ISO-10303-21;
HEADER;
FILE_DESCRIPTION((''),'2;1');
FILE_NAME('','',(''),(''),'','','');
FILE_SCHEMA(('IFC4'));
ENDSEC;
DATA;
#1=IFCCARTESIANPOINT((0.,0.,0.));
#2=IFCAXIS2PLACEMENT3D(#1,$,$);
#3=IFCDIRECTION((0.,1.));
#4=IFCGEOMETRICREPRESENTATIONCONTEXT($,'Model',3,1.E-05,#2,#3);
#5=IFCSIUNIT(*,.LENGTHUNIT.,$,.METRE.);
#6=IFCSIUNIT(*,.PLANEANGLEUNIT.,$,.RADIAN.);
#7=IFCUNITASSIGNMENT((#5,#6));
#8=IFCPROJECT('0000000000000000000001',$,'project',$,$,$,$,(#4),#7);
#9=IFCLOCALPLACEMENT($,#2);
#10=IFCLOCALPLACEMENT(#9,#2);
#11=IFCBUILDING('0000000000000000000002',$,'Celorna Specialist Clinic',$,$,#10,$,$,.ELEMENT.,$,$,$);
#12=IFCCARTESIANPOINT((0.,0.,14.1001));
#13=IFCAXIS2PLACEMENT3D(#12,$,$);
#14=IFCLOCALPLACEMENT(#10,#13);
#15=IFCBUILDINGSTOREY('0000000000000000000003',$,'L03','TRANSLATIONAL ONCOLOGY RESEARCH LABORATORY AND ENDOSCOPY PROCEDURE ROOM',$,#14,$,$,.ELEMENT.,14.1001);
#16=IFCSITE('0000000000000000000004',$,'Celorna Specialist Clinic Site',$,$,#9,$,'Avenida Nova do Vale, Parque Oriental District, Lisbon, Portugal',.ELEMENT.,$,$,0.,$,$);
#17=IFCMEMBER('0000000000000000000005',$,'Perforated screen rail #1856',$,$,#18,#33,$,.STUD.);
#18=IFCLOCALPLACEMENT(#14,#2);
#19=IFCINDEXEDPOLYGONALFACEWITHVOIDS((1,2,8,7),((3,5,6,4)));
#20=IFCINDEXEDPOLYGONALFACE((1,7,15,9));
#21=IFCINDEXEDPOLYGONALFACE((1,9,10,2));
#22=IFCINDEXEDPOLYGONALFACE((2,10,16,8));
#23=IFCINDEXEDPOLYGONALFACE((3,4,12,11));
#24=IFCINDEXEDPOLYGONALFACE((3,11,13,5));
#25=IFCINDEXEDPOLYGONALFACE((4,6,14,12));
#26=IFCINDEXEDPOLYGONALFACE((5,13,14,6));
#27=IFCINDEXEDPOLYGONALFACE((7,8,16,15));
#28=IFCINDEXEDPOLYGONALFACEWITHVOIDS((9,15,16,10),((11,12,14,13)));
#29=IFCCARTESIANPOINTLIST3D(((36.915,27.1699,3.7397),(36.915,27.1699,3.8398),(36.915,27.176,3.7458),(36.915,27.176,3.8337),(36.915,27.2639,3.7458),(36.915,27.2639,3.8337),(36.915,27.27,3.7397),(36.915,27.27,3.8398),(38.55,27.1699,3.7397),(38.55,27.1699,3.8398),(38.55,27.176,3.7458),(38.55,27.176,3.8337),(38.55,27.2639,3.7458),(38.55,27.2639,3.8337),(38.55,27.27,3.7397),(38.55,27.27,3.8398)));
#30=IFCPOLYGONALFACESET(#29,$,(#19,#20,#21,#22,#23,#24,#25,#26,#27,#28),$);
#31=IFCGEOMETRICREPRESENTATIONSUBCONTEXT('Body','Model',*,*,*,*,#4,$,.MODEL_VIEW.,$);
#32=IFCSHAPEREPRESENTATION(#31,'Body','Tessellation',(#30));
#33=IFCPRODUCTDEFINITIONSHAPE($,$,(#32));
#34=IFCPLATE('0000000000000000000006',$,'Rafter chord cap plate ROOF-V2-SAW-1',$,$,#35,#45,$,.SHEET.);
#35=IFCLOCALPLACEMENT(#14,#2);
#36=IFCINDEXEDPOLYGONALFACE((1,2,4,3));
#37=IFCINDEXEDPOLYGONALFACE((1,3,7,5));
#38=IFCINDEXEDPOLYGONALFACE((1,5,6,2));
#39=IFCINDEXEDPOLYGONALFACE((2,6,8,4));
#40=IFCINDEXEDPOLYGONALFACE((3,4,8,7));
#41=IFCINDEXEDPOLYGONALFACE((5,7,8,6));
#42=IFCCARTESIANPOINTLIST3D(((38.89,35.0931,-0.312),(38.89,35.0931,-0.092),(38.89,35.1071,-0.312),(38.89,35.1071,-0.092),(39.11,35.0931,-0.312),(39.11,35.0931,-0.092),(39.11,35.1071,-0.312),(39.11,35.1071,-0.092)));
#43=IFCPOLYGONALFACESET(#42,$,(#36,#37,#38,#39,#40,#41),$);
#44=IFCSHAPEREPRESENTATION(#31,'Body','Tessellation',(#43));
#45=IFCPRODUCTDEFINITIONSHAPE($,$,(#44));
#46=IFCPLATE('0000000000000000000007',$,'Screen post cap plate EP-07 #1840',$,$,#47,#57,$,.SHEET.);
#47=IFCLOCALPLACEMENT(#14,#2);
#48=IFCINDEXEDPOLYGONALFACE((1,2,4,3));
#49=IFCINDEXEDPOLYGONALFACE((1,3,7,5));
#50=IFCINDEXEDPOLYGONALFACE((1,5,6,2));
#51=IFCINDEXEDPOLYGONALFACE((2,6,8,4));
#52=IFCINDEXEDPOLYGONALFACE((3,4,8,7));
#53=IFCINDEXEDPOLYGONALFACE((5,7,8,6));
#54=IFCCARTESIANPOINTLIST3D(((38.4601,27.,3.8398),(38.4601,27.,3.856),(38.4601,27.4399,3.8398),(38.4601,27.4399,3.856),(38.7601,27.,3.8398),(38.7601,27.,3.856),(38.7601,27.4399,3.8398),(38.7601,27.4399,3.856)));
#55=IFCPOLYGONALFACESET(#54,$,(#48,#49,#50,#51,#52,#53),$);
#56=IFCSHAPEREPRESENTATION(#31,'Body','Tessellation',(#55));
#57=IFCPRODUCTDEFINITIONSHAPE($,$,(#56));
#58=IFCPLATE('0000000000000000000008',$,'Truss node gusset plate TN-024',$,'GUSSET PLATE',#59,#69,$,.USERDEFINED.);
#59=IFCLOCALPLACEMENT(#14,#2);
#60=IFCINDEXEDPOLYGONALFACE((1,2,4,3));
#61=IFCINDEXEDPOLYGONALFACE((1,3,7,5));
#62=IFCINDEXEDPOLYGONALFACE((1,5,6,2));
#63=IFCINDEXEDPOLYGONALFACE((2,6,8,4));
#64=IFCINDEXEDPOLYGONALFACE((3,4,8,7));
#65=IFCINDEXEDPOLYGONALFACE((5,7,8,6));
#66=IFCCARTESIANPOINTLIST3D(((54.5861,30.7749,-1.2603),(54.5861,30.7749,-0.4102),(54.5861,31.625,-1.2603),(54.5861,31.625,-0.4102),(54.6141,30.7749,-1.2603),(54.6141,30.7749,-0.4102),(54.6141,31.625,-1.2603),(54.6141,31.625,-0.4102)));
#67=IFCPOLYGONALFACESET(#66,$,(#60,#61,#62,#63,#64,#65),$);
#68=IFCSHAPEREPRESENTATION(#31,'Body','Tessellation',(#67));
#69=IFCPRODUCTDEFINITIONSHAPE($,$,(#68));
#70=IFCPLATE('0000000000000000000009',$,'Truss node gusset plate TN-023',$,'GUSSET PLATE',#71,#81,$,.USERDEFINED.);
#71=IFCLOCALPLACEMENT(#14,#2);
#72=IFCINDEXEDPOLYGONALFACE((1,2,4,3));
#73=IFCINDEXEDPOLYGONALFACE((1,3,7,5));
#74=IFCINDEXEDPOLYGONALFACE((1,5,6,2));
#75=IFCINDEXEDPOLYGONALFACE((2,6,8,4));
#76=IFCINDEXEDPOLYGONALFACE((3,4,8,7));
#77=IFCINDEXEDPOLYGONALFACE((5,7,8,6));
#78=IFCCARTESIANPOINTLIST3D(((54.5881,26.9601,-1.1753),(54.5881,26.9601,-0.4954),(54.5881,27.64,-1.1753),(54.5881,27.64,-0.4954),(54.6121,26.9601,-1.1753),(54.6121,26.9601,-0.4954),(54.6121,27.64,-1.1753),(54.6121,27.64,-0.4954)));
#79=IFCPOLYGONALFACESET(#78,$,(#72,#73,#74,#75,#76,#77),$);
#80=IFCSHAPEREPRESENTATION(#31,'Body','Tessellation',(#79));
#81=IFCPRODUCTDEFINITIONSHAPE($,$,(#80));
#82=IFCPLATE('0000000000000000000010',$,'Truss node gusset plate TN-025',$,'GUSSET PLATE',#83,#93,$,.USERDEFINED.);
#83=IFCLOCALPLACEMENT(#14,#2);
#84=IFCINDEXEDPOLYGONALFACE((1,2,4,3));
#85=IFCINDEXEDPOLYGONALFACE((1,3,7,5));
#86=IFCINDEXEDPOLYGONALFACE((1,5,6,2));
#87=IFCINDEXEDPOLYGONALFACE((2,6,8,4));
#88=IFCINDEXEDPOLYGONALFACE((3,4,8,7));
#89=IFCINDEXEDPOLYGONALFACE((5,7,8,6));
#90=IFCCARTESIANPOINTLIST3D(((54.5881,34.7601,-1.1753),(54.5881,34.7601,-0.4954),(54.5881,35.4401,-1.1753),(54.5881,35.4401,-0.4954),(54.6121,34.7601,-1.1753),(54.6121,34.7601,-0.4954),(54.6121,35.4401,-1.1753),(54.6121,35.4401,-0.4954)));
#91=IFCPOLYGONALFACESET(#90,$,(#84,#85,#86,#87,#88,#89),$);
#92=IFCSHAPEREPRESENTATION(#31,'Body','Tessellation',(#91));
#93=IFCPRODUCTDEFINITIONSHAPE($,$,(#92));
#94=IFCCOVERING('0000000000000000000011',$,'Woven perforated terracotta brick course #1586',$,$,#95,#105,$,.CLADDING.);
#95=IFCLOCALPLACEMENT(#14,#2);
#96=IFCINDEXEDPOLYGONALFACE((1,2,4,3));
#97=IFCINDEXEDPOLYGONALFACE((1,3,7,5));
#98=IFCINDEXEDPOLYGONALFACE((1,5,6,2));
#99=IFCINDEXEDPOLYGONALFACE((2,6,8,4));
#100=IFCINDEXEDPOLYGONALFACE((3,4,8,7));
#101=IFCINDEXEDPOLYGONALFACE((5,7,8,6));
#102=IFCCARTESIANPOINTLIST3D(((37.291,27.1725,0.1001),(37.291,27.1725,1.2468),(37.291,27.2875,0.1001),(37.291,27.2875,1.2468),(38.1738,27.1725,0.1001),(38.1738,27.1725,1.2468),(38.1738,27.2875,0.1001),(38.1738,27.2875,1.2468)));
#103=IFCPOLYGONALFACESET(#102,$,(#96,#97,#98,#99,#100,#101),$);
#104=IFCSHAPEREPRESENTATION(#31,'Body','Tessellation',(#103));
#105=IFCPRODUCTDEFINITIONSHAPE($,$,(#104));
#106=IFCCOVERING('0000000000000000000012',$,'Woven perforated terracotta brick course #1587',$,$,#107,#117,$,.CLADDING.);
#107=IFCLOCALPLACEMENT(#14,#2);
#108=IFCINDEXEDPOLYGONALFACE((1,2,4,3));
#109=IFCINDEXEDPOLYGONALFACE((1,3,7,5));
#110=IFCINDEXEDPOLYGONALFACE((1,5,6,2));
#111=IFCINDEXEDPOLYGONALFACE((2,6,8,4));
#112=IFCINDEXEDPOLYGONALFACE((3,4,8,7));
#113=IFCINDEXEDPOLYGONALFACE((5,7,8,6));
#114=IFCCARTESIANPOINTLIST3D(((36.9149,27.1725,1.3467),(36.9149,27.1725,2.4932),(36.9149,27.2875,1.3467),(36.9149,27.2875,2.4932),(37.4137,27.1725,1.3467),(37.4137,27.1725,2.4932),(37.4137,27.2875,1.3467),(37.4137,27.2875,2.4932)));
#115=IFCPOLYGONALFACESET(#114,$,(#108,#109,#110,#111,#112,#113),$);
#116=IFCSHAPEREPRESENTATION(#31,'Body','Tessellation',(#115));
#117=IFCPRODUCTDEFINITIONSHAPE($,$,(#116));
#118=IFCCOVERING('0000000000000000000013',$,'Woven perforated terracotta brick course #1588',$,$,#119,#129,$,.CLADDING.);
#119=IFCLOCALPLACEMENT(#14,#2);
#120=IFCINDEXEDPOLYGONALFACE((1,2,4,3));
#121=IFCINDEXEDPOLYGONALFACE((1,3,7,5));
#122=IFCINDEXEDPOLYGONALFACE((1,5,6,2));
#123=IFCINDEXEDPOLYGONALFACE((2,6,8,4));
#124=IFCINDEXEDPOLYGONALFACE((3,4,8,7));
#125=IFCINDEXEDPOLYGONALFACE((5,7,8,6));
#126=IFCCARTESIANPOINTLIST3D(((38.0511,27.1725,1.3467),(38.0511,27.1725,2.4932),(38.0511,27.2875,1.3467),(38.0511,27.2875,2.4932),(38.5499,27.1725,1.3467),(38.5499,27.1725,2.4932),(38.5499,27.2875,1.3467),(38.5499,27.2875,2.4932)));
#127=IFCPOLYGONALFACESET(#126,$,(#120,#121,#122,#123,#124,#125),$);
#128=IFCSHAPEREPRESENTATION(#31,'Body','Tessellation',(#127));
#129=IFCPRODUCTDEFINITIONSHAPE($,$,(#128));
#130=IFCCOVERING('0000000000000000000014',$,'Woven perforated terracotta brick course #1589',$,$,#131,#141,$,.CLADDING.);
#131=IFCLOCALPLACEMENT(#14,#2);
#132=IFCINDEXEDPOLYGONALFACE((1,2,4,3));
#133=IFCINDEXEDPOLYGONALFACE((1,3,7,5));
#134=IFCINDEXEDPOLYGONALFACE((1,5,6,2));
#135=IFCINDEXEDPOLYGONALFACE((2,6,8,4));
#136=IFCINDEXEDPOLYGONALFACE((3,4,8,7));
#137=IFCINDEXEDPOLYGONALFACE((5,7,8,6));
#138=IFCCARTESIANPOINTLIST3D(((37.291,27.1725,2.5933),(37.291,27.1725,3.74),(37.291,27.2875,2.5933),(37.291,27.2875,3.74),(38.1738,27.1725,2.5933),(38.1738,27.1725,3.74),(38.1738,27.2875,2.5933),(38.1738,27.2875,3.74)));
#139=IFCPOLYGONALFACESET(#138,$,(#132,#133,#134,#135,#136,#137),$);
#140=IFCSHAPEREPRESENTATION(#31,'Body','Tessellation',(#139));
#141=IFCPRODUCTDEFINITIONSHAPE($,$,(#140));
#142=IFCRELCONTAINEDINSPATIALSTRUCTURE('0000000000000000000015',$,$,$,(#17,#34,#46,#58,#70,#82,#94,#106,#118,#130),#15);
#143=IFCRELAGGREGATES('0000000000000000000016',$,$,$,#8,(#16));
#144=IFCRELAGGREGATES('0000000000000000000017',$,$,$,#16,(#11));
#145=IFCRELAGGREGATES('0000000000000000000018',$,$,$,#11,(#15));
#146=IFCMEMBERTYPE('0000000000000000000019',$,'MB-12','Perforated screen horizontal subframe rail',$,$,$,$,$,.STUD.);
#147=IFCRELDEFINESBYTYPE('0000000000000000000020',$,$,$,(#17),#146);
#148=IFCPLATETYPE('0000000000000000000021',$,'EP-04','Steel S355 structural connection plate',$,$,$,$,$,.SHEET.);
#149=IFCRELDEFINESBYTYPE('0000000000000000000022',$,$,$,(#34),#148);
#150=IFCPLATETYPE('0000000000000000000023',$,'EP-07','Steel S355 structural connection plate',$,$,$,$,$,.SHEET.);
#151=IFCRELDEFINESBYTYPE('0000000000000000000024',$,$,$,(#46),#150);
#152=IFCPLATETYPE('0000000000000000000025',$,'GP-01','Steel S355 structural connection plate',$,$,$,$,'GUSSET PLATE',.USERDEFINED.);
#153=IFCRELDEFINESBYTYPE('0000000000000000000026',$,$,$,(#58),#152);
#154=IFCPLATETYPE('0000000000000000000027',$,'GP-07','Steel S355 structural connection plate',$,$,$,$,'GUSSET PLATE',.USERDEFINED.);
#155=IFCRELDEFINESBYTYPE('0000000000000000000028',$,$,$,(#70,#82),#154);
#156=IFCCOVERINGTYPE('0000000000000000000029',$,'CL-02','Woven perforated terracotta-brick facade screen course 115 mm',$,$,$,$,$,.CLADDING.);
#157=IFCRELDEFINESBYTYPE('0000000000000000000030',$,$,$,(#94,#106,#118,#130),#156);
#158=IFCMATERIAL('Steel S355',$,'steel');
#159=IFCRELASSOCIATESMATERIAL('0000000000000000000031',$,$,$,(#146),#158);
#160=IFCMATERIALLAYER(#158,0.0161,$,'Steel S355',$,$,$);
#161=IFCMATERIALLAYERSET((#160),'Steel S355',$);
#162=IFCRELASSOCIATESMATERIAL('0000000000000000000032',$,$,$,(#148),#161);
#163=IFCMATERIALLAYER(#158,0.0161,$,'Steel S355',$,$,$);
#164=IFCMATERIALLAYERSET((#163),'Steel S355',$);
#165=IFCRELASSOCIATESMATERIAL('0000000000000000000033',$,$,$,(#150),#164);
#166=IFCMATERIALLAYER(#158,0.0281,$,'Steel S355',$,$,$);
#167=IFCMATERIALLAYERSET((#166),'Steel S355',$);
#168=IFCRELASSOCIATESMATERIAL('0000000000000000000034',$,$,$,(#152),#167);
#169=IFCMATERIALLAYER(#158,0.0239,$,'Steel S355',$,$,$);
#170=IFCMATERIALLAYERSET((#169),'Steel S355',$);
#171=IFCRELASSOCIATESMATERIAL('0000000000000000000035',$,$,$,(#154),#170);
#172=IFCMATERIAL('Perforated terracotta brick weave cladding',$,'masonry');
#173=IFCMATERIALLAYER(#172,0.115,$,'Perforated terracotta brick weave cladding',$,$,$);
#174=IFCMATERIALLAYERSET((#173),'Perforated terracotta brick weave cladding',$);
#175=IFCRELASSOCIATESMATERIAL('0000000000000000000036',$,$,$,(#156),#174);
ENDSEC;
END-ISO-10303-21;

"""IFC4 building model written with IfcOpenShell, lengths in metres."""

from ifc_helpers import new_model, si_unit, direction, frame, origin, origin_2d, place, context, subcontext, project, spatial, rectangle, hollow_rectangle, extrude, material, layer, layer_set, material_profile, profile_set, type_object, element, save


model = new_model("IFC4")

# Units and contexts
model_context = context("Model", 3, precision=1e-05, world=origin(), true_north=direction((0.0, 1.0)))
body_context = subcontext(model_context, "Body", "Model", "MODEL_VIEW")
ifc_project = project(units=[si_unit("LENGTHUNIT", "METRE"), si_unit("PLANEANGLEUNIT", "RADIAN")], contexts=[model_context])

# Site, building, storey
site_placement = place(None, origin())
site = spatial("IfcSite", under=ifc_project, at=site_placement, Name="Celorna Specialist Clinic Site", LongName="Avenida Nova do Vale, Parque Oriental District, Lisbon, Portugal", CompositionType="ELEMENT", RefElevation=0.0)
building_placement = place(site_placement, origin())
building = spatial("IfcBuilding", under=site, at=building_placement, Name="Celorna Specialist Clinic", CompositionType="ELEMENT")
storey_placement = place(building_placement, frame((0.0, 0.0, 14.1001)))
storey = spatial("IfcBuildingStorey", under=building, at=storey_placement, Name="L03", Description="TRANSLATIONAL ONCOLOGY RESEARCH LABORATORY AND ENDOSCOPY PROCEDURE ROOM", CompositionType="ELEMENT", Elevation=14.1001)

# Shared definitions
ifc_material_1 = material(Name="Steel S355", Category="steel")

# Member
ifc_material_profile_1 = material_profile(ifc_material_1, hollow_rectangle(XDim=0.1001, YDim=0.1001, WallThickness=0.0061, at=origin_2d()), Name="SHS 100x100x6")
ifc_profile_set_1 = profile_set([ifc_material_profile_1], Name="Steel S355")
member_type_1 = type_object("IfcMemberType", Name="MB-12", Description="Perforated screen horizontal subframe rail", PredefinedType="STUD", material=ifc_profile_set_1)
member_1_placement = place(storey_placement, frame((36.915, 27.22, 3.7898), z_axis=(1.0, 0.0, 0.0), x_axis=(0.0, 1.0, 0.0)))
element("IfcMember", 1, at=member_1_placement, inside=storey, type_object=member_type_1, Name="Perforated screen rail #1856", PredefinedType="STUD", context=body_context, shape_type="SweptSolid", body=[
    extrude(hollow_rectangle(XDim=0.1001, YDim=0.1001, WallThickness=0.0061, at=origin_2d()), origin(), (0.0, 0.0, 1.0), 1.635),
])

# Plates
ifc_layer_1 = layer(ifc_material_1, 0.0161, Name="Steel S355")
ifc_layer_set_1 = layer_set([ifc_layer_1], Name="Steel S355")
plate_type_1 = type_object("IfcPlateType", Name="EP-04", Description="Steel S355 structural connection plate", PredefinedType="SHEET", material=ifc_layer_set_1)
plate_1_placement = place(storey_placement, frame((39.0, 35.1001, -0.312), z_axis=(0.0, 0.0, 1.0), x_axis=(1.0, 0.0, 0.0)))
element("IfcPlate", 2, at=plate_1_placement, inside=storey, type_object=plate_type_1, Name="Rafter chord cap plate ROOF-V2-SAW-1", PredefinedType="SHEET", context=body_context, shape_type="SweptSolid", body=[
    extrude(rectangle(XDim=0.22, YDim=0.0139, at=origin_2d()), origin(), (0.0, 0.0, 1.0), 0.22),
])
ifc_layer_2 = layer(ifc_material_1, 0.0161, Name="Steel S355")
ifc_layer_set_2 = layer_set([ifc_layer_2], Name="Steel S355")
plate_type_2 = type_object("IfcPlateType", Name="EP-07", Description="Steel S355 structural connection plate", PredefinedType="SHEET", material=ifc_layer_set_2)
plate_2_placement = place(storey_placement, frame((38.6101, 27.22, 3.8398), z_axis=(0.0, 0.0, 1.0), x_axis=(1.0, 0.0, 0.0)))
element("IfcPlate", 3, at=plate_2_placement, inside=storey, type_object=plate_type_2, Name="Screen post cap plate EP-07 #1840", PredefinedType="SHEET", context=body_context, shape_type="SweptSolid", body=[
    extrude(rectangle(XDim=0.3, YDim=0.4399, at=origin_2d()), origin(), (0.0, 0.0, 1.0), 0.0161),
])
ifc_layer_3 = layer(ifc_material_1, 0.0281, Name="Steel S355")
ifc_layer_set_3 = layer_set([ifc_layer_3], Name="Steel S355")
plate_type_3 = type_object("IfcPlateType", Name="GP-01", Description="Steel S355 structural connection plate", ElementType="GUSSET PLATE", PredefinedType="USERDEFINED", material=ifc_layer_set_3)
plate_3_placement = place(storey_placement, frame((54.6001, 31.2, -1.2603), z_axis=(0.0, 0.0, 1.0), x_axis=(0.0, 1.0, 0.0)))
element("IfcPlate", 4, at=plate_3_placement, inside=storey, type_object=plate_type_3, Name="Truss node gusset plate TN-024", ObjectType="GUSSET PLATE", PredefinedType="USERDEFINED", context=body_context, shape_type="SweptSolid", body=[
    extrude(rectangle(XDim=0.8501, YDim=0.0281, at=origin_2d()), origin(), (0.0, 0.0, 1.0), 0.8501),
])
ifc_layer_4 = layer(ifc_material_1, 0.0239, Name="Steel S355")
ifc_layer_set_4 = layer_set([ifc_layer_4], Name="Steel S355")
plate_type_4 = type_object("IfcPlateType", Name="GP-07", Description="Steel S355 structural connection plate", ElementType="GUSSET PLATE", PredefinedType="USERDEFINED", material=ifc_layer_set_4)
for number, where, z_axis, x_axis, name in (
    (5, (54.6001, 27.3, -1.1753), (0.0, 0.0, 1.0), (0.0, 1.0, 0.0), "Truss node gusset plate TN-023"),
    (6, (54.6001, 35.1001, -1.1753), (0.0, 0.0, 1.0), (0.0, 1.0, 0.0), "Truss node gusset plate TN-025"),
):
    element("IfcPlate", number, at=place(storey_placement, frame(where, z_axis=z_axis, x_axis=x_axis)), inside=storey, type_object=plate_type_4, Name=name, ObjectType="GUSSET PLATE", PredefinedType="USERDEFINED", context=body_context, shape_type="SweptSolid", body=[
        extrude(rectangle(XDim=0.6799, YDim=0.0239, at=origin_2d()), origin(), (0.0, 0.0, 1.0), 0.6799),
    ])

# Coverings
ifc_material_2 = material(Name="Perforated terracotta brick weave cladding", Category="masonry")
ifc_layer_5 = layer(ifc_material_2, 0.115, Name="Perforated terracotta brick weave cladding")
ifc_layer_set_5 = layer_set([ifc_layer_5], Name="Perforated terracotta brick weave cladding")
covering_type = type_object("IfcCoveringType", Name="CL-02", Description="Woven perforated terracotta-brick facade screen course 115 mm", PredefinedType="CLADDING", material=ifc_layer_set_5)
covering_1_placement = place(storey_placement, frame((37.7324, 27.23, 0.1001), z_axis=(0.0, 0.0, 1.0), x_axis=(1.0, 0.0, 0.0)))
element("IfcCovering", 7, at=covering_1_placement, inside=storey, type_object=covering_type, Name="Woven perforated terracotta brick course #1586", PredefinedType="CLADDING", context=body_context, shape_type="SweptSolid", body=[
    extrude(rectangle(XDim=0.8828, YDim=0.115, at=origin_2d()), origin(), (0.0, 0.0, 1.0), 1.1467),
])
for number, where, z_axis, x_axis, name in (
    (8, (37.1643, 27.23, 1.3467), (0.0, 0.0, 1.0), (1.0, 0.0, 0.0), "Woven perforated terracotta brick course #1587"),
    (9, (38.3005, 27.23, 1.3467), (0.0, 0.0, 1.0), (1.0, 0.0, 0.0), "Woven perforated terracotta brick course #1588"),
):
    element("IfcCovering", number, at=place(storey_placement, frame(where, z_axis=z_axis, x_axis=x_axis)), inside=storey, type_object=covering_type, Name=name, PredefinedType="CLADDING", context=body_context, shape_type="SweptSolid", body=[
        extrude(rectangle(XDim=0.4988, YDim=0.115, at=origin_2d()), origin(), (0.0, 0.0, 1.0), 1.1465),
    ])
covering_2_placement = place(storey_placement, frame((37.7324, 27.23, 2.5933), z_axis=(0.0, 0.0, 1.0), x_axis=(1.0, 0.0, 0.0)))
element("IfcCovering", 10, at=covering_2_placement, inside=storey, type_object=covering_type, Name="Woven perforated terracotta brick course #1589", PredefinedType="CLADDING", context=body_context, shape_type="SweptSolid", body=[
    extrude(rectangle(XDim=0.8828, YDim=0.115, at=origin_2d()), origin(), (0.0, 0.0, 1.0), 1.1467),
])

save(model, "model.ifc")
